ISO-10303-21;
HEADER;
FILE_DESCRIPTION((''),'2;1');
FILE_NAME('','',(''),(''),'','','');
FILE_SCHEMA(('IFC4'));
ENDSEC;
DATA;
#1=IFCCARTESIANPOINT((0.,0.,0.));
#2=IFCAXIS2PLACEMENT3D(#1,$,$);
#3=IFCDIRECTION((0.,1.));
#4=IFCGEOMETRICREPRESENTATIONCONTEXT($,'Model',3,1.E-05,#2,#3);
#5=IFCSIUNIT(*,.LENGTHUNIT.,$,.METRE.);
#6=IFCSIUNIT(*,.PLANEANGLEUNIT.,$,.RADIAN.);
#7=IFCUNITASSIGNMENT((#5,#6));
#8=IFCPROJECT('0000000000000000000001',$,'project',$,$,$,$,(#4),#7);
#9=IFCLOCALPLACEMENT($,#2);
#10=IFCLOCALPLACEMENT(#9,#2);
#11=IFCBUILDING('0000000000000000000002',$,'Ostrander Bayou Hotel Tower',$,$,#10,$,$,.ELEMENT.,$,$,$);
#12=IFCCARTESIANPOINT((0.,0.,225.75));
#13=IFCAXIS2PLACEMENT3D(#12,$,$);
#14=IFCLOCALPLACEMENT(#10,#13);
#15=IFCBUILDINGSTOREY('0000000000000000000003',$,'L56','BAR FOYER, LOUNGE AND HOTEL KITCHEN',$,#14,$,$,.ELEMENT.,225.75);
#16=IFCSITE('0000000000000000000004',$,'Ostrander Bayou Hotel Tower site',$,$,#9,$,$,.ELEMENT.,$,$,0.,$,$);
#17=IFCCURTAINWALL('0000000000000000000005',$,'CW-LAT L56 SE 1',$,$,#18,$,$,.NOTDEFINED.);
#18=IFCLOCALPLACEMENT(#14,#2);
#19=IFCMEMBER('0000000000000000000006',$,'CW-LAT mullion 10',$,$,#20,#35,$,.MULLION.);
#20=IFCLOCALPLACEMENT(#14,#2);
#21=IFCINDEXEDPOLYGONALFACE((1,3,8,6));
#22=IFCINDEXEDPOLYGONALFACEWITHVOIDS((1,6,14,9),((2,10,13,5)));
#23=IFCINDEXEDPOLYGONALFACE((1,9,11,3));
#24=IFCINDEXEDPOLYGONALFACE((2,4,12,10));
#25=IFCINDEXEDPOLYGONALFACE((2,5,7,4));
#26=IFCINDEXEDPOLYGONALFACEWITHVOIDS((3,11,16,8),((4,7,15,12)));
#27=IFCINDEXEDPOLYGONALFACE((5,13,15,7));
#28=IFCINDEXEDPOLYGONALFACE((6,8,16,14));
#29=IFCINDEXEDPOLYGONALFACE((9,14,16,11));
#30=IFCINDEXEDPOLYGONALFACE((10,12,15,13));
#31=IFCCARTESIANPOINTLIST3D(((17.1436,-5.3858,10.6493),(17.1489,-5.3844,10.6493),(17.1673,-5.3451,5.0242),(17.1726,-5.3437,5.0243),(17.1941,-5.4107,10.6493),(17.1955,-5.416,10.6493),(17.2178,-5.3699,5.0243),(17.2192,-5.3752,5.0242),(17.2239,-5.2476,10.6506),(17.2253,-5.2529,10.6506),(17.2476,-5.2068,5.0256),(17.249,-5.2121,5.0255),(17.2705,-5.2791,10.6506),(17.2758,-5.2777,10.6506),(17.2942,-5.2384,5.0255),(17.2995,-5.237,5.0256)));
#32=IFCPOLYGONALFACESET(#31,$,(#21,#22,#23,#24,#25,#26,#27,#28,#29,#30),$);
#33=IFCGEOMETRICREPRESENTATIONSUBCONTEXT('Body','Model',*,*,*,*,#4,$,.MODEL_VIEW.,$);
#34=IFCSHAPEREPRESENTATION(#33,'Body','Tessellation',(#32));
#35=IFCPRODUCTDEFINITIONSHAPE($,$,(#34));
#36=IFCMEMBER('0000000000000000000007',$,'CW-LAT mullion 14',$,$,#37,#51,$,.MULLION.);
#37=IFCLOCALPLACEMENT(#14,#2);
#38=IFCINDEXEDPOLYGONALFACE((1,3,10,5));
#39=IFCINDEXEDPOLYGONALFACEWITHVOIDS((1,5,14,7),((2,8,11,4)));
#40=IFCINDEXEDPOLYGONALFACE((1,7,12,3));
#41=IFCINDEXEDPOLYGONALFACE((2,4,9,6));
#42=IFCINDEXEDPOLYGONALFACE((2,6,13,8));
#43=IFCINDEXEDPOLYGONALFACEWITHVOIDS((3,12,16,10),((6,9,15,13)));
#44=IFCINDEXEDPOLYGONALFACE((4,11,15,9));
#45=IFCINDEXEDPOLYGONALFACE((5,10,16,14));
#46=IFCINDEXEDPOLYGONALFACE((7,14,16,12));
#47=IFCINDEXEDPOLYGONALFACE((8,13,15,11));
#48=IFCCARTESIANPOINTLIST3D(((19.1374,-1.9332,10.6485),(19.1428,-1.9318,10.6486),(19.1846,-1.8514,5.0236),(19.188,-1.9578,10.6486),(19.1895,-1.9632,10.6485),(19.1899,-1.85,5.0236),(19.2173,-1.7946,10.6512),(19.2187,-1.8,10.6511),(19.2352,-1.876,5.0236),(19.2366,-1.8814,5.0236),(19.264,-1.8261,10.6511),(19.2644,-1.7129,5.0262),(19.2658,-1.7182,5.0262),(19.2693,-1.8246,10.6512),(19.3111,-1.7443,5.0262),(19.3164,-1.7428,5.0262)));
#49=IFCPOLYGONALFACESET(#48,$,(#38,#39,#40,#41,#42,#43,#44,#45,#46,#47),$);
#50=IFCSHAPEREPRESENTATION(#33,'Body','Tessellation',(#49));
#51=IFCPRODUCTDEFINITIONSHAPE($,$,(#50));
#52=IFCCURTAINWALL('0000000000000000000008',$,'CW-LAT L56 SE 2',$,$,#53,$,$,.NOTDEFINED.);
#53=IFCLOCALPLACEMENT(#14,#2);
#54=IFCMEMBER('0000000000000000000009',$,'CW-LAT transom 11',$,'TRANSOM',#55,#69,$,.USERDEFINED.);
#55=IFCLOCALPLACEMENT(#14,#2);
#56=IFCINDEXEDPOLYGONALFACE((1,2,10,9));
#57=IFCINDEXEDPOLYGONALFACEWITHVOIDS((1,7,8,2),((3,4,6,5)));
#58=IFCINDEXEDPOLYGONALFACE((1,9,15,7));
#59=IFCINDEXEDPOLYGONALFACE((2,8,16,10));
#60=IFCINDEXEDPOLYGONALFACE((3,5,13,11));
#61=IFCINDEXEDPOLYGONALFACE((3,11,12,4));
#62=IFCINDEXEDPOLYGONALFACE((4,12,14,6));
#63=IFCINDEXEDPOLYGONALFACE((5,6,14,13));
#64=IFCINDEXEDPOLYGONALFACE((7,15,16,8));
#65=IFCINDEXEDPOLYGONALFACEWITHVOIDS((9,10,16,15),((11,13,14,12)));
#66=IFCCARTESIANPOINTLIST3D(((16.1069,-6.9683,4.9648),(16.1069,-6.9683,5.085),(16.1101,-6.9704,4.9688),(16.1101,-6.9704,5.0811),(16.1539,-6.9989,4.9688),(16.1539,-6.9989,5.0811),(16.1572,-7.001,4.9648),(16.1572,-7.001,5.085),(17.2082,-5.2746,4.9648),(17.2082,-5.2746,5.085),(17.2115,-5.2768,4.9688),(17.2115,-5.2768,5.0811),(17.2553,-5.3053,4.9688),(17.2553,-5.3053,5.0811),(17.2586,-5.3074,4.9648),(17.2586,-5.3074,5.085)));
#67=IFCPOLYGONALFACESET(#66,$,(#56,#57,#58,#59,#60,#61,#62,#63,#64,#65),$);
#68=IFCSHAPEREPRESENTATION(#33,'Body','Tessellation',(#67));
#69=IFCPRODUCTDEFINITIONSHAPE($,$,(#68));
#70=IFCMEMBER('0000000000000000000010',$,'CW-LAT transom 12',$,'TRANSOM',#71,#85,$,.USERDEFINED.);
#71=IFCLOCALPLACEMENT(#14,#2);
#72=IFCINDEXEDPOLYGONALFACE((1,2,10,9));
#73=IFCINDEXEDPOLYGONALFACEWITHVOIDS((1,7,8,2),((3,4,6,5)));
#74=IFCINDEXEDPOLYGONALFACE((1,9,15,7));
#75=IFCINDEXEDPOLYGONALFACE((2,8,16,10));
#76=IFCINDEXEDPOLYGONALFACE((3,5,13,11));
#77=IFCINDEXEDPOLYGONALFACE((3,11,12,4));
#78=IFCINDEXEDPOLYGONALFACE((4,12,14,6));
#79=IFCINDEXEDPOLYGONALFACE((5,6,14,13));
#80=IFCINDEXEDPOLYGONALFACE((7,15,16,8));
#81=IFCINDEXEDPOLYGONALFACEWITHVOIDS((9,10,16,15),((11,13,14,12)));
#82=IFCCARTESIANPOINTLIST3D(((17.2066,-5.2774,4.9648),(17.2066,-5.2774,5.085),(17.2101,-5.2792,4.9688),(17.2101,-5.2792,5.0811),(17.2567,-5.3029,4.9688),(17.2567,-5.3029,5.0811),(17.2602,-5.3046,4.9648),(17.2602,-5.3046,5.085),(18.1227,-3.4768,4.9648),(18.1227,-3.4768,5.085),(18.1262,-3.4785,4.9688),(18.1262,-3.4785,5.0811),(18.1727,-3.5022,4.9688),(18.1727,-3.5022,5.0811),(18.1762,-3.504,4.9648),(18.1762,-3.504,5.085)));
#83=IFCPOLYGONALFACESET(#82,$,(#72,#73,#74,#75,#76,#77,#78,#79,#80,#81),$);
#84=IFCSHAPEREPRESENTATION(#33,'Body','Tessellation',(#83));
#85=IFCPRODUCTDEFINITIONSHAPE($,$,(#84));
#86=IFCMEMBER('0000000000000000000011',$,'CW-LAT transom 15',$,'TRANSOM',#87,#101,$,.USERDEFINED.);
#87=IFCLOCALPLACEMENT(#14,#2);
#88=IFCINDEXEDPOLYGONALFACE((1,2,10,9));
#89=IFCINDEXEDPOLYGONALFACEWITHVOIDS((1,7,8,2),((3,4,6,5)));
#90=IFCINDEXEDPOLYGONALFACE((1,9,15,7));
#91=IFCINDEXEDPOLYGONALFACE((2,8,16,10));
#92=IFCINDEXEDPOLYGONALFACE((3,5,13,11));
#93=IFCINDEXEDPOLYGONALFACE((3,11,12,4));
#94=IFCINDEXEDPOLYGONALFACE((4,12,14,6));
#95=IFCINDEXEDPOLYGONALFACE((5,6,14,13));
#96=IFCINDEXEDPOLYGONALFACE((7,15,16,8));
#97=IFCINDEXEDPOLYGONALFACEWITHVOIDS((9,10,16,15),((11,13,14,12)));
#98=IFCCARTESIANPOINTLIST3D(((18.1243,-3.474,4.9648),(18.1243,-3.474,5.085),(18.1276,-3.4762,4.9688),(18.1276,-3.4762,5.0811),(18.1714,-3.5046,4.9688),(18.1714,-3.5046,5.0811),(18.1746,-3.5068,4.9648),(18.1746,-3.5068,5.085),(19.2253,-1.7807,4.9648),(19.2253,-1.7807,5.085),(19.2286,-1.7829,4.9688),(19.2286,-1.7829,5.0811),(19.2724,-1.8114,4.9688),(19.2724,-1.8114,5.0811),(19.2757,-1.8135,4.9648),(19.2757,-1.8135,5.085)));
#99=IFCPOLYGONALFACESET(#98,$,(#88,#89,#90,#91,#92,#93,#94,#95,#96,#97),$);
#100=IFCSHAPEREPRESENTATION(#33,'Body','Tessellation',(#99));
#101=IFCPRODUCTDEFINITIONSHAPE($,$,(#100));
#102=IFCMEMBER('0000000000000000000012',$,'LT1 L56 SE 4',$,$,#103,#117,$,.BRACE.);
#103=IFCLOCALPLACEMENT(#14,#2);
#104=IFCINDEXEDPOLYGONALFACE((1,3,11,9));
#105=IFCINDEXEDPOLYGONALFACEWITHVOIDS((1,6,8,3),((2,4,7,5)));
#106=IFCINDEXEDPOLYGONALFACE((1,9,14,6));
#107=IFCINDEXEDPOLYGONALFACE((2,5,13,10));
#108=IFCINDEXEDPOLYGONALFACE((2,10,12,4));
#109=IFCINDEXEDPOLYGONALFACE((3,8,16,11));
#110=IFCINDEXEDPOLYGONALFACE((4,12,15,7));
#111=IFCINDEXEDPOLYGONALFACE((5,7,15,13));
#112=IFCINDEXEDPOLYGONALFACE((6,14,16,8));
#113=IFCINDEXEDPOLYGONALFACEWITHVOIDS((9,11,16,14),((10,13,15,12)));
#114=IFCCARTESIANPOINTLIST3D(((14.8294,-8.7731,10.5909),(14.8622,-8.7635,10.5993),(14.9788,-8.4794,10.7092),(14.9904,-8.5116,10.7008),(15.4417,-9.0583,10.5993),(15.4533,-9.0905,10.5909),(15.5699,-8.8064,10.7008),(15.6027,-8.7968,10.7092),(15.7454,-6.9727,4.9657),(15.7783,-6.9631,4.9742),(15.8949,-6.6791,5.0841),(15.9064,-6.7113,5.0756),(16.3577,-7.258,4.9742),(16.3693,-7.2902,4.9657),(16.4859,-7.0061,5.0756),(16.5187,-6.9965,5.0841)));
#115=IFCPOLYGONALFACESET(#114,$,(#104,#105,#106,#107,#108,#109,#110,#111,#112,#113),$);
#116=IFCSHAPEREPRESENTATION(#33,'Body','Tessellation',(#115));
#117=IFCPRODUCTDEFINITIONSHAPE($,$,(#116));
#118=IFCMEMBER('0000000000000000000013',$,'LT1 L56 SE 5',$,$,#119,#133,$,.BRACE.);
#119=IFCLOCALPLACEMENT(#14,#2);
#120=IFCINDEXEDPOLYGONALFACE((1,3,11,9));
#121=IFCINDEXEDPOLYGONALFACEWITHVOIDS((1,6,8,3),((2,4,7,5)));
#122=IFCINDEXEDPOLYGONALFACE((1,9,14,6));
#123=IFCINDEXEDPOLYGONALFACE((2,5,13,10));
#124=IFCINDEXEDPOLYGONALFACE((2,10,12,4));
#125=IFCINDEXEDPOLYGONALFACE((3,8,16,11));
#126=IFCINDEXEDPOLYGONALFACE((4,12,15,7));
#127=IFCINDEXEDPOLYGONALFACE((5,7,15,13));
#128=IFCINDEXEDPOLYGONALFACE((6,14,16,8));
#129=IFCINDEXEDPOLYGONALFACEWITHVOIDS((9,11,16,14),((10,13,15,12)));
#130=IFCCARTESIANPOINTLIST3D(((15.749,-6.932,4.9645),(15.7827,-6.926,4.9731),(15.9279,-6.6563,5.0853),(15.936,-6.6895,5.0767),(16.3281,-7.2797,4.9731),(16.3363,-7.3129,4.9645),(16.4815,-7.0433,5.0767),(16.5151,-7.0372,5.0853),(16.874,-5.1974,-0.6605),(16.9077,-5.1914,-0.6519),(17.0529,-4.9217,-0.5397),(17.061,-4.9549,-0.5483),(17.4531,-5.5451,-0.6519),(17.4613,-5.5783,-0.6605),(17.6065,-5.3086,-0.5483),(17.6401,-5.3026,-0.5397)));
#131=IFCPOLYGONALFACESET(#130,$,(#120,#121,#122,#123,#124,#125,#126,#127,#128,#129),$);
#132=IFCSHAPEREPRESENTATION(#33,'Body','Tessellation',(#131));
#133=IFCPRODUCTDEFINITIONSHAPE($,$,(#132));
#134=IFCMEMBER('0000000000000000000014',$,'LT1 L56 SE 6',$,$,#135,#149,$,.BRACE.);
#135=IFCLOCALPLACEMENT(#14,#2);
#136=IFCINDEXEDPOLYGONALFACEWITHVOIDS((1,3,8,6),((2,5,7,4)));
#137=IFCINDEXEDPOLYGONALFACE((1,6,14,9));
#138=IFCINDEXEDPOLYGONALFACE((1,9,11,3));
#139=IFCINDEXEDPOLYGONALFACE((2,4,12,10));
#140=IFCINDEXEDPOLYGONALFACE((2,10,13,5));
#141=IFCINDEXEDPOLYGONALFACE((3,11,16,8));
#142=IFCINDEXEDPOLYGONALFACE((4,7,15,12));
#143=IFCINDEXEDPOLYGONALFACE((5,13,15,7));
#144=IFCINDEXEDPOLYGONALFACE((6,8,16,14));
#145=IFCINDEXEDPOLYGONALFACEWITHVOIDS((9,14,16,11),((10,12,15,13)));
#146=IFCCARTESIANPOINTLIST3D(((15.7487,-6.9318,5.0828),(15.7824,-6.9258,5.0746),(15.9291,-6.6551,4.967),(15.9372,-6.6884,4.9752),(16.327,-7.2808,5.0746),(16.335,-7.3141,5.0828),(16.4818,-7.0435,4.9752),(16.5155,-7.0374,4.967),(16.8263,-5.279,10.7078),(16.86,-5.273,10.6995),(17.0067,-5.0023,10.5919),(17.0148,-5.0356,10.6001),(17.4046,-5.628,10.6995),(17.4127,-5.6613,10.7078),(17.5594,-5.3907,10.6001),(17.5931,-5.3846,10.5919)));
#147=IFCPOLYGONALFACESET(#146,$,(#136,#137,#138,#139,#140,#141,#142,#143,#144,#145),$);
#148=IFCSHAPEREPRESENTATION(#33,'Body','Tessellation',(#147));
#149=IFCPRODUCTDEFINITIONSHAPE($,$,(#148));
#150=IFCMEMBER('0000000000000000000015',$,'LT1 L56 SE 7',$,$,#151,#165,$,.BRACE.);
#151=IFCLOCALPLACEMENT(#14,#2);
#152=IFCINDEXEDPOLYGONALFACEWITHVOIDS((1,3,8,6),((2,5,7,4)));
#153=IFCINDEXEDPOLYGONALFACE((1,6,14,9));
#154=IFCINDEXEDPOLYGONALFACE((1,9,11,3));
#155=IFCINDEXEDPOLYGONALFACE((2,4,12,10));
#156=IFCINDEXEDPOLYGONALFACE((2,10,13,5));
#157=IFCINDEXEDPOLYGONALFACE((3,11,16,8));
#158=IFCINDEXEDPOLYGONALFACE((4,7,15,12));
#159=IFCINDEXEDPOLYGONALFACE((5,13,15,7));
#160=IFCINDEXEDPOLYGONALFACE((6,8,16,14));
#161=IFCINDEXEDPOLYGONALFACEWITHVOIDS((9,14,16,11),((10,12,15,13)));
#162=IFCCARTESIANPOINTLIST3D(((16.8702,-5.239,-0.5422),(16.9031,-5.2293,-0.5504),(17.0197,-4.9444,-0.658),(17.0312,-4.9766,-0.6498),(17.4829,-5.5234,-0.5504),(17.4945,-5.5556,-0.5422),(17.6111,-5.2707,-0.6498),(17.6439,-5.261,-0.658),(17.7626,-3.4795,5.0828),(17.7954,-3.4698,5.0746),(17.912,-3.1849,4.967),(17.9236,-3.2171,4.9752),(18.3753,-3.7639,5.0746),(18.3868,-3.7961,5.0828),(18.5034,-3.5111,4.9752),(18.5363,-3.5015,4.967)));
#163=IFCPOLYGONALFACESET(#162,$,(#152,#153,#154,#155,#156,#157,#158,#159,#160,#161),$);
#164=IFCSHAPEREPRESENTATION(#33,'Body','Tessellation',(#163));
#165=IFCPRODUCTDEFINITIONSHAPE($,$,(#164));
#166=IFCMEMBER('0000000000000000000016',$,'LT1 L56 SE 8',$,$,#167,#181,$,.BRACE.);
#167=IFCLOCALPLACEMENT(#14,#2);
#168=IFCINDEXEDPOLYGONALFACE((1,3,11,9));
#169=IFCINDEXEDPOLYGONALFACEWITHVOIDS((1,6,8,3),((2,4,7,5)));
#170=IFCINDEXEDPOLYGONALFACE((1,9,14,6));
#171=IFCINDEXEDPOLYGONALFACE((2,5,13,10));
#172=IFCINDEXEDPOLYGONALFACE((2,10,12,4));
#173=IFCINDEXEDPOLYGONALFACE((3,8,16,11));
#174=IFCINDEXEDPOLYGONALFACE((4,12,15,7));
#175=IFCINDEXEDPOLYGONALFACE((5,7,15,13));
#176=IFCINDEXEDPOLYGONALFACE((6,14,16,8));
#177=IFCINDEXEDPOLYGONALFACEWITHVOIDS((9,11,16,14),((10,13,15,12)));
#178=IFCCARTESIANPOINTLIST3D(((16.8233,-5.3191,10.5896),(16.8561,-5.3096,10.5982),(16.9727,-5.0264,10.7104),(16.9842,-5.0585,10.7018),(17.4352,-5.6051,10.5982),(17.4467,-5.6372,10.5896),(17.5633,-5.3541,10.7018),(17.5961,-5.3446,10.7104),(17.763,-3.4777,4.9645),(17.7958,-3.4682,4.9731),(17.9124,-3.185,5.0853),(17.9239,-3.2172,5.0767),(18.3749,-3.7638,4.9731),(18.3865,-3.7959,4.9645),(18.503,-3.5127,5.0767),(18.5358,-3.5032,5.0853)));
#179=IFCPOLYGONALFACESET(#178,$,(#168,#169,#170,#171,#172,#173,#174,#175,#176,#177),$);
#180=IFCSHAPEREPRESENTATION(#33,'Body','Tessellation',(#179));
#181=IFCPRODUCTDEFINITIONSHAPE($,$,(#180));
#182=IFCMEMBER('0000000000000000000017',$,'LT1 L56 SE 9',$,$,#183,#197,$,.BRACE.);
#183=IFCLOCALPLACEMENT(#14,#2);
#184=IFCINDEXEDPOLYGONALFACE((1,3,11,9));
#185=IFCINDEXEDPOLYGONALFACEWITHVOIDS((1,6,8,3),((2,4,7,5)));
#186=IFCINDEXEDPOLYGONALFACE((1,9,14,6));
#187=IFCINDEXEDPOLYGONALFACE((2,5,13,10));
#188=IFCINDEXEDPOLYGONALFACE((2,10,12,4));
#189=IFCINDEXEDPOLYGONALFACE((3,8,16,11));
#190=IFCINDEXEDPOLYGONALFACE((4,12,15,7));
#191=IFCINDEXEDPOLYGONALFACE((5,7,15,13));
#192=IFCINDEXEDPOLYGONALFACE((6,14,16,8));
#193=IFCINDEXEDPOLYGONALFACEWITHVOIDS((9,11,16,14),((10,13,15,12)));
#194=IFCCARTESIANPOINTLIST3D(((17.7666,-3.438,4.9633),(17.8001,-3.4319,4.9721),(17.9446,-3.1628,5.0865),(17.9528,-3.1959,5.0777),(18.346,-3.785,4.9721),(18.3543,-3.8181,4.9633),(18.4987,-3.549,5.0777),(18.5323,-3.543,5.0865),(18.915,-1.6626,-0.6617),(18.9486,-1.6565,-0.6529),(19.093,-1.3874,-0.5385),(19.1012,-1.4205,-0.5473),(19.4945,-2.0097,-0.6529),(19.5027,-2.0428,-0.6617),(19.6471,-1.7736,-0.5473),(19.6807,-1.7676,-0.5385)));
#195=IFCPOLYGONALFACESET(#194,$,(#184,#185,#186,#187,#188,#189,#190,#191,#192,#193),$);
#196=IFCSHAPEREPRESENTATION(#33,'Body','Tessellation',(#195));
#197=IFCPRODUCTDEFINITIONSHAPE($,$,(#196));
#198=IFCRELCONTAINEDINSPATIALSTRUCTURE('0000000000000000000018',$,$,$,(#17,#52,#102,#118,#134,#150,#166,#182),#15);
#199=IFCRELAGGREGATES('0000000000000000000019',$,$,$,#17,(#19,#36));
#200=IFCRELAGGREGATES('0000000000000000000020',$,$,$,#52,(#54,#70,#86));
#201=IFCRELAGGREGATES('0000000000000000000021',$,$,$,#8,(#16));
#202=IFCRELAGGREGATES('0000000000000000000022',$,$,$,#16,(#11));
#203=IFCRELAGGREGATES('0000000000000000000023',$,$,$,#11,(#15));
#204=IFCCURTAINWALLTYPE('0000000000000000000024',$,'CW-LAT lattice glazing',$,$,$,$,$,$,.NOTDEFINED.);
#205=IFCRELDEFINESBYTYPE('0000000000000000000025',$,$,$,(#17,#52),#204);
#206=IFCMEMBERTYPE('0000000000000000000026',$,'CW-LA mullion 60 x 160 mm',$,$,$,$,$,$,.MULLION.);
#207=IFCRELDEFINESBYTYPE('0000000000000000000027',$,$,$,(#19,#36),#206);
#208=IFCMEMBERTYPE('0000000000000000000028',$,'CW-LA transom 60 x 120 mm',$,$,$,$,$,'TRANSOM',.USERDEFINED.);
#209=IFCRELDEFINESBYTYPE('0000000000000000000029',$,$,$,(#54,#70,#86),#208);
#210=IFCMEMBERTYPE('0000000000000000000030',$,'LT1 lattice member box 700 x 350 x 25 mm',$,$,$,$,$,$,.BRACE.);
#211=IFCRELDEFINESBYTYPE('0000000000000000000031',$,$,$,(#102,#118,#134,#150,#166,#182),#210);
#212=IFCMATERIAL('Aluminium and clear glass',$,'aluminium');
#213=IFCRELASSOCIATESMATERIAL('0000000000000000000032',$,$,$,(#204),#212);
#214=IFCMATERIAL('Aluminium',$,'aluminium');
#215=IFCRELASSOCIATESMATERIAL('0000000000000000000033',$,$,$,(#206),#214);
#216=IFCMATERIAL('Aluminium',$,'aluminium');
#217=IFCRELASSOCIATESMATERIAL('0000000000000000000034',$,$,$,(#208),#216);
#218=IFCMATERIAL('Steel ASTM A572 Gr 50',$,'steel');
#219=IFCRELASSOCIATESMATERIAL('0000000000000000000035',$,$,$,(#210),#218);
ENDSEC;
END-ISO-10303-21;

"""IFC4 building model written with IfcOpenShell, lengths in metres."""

from ifc_helpers import new_model, si_unit, direction, frame, origin, origin_2d, place, context, subcontext, project, spatial, hollow_rectangle, extrude, material, material_profile, profile_set, type_object, element, aggregate, save


model = new_model("IFC4")

# Units and contexts
model_context = context("Model", 3, precision=1e-05, world=origin(), true_north=direction((0.0, 1.0)))
body_context = subcontext(model_context, "Body", "Model", "MODEL_VIEW")
ifc_project = project(units=[si_unit("LENGTHUNIT", "METRE"), si_unit("PLANEANGLEUNIT", "RADIAN")], contexts=[model_context])

# Site, building, storey
site_placement = place(None, origin())
site = spatial("IfcSite", under=ifc_project, at=site_placement, Name="Ostrander Bayou Hotel Tower site", CompositionType="ELEMENT", RefElevation=0.0)
building_placement = place(site_placement, origin())
building = spatial("IfcBuilding", under=site, at=building_placement, Name="Ostrander Bayou Hotel Tower", CompositionType="ELEMENT")
storey_placement = place(building_placement, frame((0.0, 0.0, 225.75)))
storey = spatial("IfcBuildingStorey", under=building, at=storey_placement, Name="L56", Description="BAR FOYER, LOUNGE AND HOTEL KITCHEN", CompositionType="ELEMENT", Elevation=225.75)

# Curtain walls, members
ifc_material_1 = material(Name="Aluminium and clear glass", Category="aluminium")
curtain_wall_type = type_object("IfcCurtainWallType", Name="CW-LAT lattice glazing", PredefinedType="NOTDEFINED", material=ifc_material_1)
curtain_wall_1_placement = place(storey_placement, origin())
curtain_wall_1 = element("IfcCurtainWall", 1, at=curtain_wall_1_placement, inside=storey, type_object=curtain_wall_type, Name="CW-LAT L56 SE 1", PredefinedType="NOTDEFINED")
ifc_material_2 = material(Name="Aluminium", Category="aluminium")
ifc_material_profile_1 = material_profile(ifc_material_2, hollow_rectangle(XDim=0.0601, YDim=0.1599, WallThickness=0.0039, at=origin_2d()))
ifc_profile_set_1 = profile_set([ifc_material_profile_1], Name="Aluminium")
member_type_1 = type_object("IfcMemberType", Name="CW-LA mullion 60 x 160 mm", PredefinedType="MULLION", material=ifc_profile_set_1)
member_1_placement = place(storey_placement, frame((17.2334, -5.291, 5.0249), z_axis=(-0.00421, -0.007248, 0.999965), x_axis=(0.864716, -0.50226, 0.0)))
member_1 = element("IfcMember", 2, at=member_1_placement, type_object=member_type_1, Name="CW-LAT mullion 10", PredefinedType="MULLION", context=body_context, shape_type="SweptSolid", body=[
    extrude(hollow_rectangle(XDim=0.0601, YDim=0.1599, WallThickness=0.0039, at=origin_2d()), origin(), (0.0, 0.0, 1.0), 5.6252),
])
member_2_placement = place(storey_placement, frame((19.2505, -1.7971, 5.0249), z_axis=(-0.008376, -0.014538, 0.999859), x_axis=(0.866487, -0.4992, 0.0)))
member_2 = element("IfcMember", 3, at=member_2_placement, type_object=member_type_1, Name="CW-LAT mullion 14", PredefinedType="MULLION", context=body_context, shape_type="SweptSolid", body=[
    extrude(hollow_rectangle(XDim=0.0601, YDim=0.1599, WallThickness=0.0039, at=origin_2d()), origin(), (0.0, 0.0, 1.0), 5.6257),
])
curtain_wall_2_placement = place(storey_placement, origin())
curtain_wall_2 = element("IfcCurtainWall", 4, at=curtain_wall_2_placement, inside=storey, type_object=curtain_wall_type, Name="CW-LAT L56 SE 2", PredefinedType="NOTDEFINED")
ifc_material_3 = material(Name="Aluminium", Category="aluminium")
ifc_material_profile_2 = material_profile(ifc_material_3, hollow_rectangle(XDim=0.0601, YDim=0.1201, WallThickness=0.0039, at=origin_2d()))
ifc_profile_set_2 = profile_set([ifc_material_profile_2], Name="Aluminium")
member_type_2 = type_object("IfcMemberType", Name="CW-LA transom 60 x 120 mm", ElementType="TRANSOM", PredefinedType="USERDEFINED", material=ifc_profile_set_2)
member_3_placement = place(storey_placement, frame((17.2334, -5.291, 5.0249), z_axis=(-0.545154, -0.838336, 0.0), x_axis=(0.838336, -0.545154, 0.0)))
member_3 = element("IfcMember", 5, at=member_3_placement, type_object=member_type_2, Name="CW-LAT transom 11", ObjectType="TRANSOM", PredefinedType="USERDEFINED", context=body_context, shape_type="SweptSolid", body=[
    extrude(hollow_rectangle(XDim=0.0601, YDim=0.1201, WallThickness=0.0039, at=origin_2d()), origin(), (0.0, 0.0, 1.0), 2.0203),
])
member_4_placement = place(storey_placement, frame((17.2334, -5.291, 5.0249), z_axis=(0.453439, 0.891287, 0.0), x_axis=(-0.891287, 0.453439, 0.0)))
member_4 = element("IfcMember", 6, at=member_4_placement, type_object=member_type_2, Name="CW-LAT transom 12", ObjectType="TRANSOM", PredefinedType="USERDEFINED", context=body_context, shape_type="SweptSolid", body=[
    extrude(hollow_rectangle(XDim=0.0601, YDim=0.1201, WallThickness=0.0039, at=origin_2d()), origin(), (0.0, 0.0, 1.0), 2.0203),
])
member_5_placement = place(storey_placement, frame((19.2505, -1.7971, 5.0249), z_axis=(-0.545124, -0.838355, 0.0), x_axis=(0.838355, -0.545124, 0.0)))
member_5 = element("IfcMember", 7, at=member_5_placement, type_object=member_type_2, Name="CW-LAT transom 15", ObjectType="TRANSOM", PredefinedType="USERDEFINED", context=body_context, shape_type="SweptSolid", body=[
    extrude(hollow_rectangle(XDim=0.0601, YDim=0.1201, WallThickness=0.0039, at=origin_2d()), origin(), (0.0, 0.0, 1.0), 2.0198),
])

# Members
ifc_material_4 = material(Name="Steel ASTM A572 Gr 50", Category="steel")
ifc_material_profile_3 = material_profile(ifc_material_4, hollow_rectangle(XDim=0.7, YDim=0.3501, WallThickness=0.0249, at=origin_2d()))
ifc_profile_set_3 = profile_set([ifc_material_profile_3], Name="Steel ASTM A572 Gr 50")
member_type_3 = type_object("IfcMemberType", Name="LT1 lattice member box 700 x 350 x 25 mm", PredefinedType="BRACE", material=ifc_profile_set_3)
member_6_placement = place(storey_placement, frame((16.1321, -6.9846, 5.0249), z_axis=(-0.153265, -0.301219, 0.941157), x_axis=(0.891263, -0.453488, 0.0)))
element("IfcMember", 8, at=member_6_placement, inside=storey, type_object=member_type_3, Name="LT1 L56 SE 4", PredefinedType="BRACE", context=body_context, shape_type="SweptSolid", body=[
    extrude(hollow_rectangle(XDim=0.7, YDim=0.3501, WallThickness=0.0249, at=origin_2d()), origin(), (0.0, 0.0, 1.0), 5.9768),
])
member_7_placement = place(storey_placement, frame((16.1321, -6.9846, 5.0249), z_axis=(0.187721, 0.289444, -0.938607), x_axis=(-0.838996, 0.544137, 0.0)))
element("IfcMember", 9, at=member_7_placement, inside=storey, type_object=member_type_3, Name="LT1 L56 SE 5", PredefinedType="BRACE", context=body_context, shape_type="SweptSolid", body=[
    extrude(hollow_rectangle(XDim=0.7, YDim=0.3501, WallThickness=0.0249, at=origin_2d()), origin(), (0.0, 0.0, 1.0), 5.9929),
])
for number, where, z_axis, x_axis, name in (
    (10, (16.1321, -6.9846, 5.0249), (0.180781, 0.277273, 0.94363), (-0.83768, 0.546162, 0.0), "LT1 L56 SE 6"),
    (11, (18.1494, -3.4905, 5.0249), (-0.149697, -0.295175, -0.943643), (0.891863, -0.452305, 0.0), "LT1 L56 SE 7"),
):
    element("IfcMember", number, at=place(storey_placement, frame(where, z_axis=z_axis, x_axis=x_axis)), inside=storey, type_object=member_type_3, Name=name, PredefinedType="BRACE", context=body_context, shape_type="SweptSolid", body=[
        extrude(hollow_rectangle(XDim=0.7, YDim=0.3501, WallThickness=0.0249, at=origin_2d()), origin(), (0.0, 0.0, 1.0), 5.9609),
    ])
member_8_placement = place(storey_placement, frame((18.1494, -3.4905, 5.0249), z_axis=(-0.156803, -0.307252, 0.938621), x_axis=(0.890712, -0.454568, 0.0)))
element("IfcMember", 12, at=member_8_placement, inside=storey, type_object=member_type_3, Name="LT1 L56 SE 8", PredefinedType="BRACE", context=body_context, shape_type="SweptSolid", body=[
    extrude(hollow_rectangle(XDim=0.7, YDim=0.3501, WallThickness=0.0249, at=origin_2d()), origin(), (0.0, 0.0, 1.0), 5.9929),
])
member_9_placement = place(storey_placement, frame((18.1494, -3.4905, 5.0249), z_axis=(0.19111, 0.295441, -0.936051), x_axis=(-0.839644, 0.543136, 0.0)))
element("IfcMember", 13, at=member_9_placement, inside=storey, type_object=member_type_3, Name="LT1 L56 SE 9", PredefinedType="BRACE", context=body_context, shape_type="SweptSolid", body=[
    extrude(hollow_rectangle(XDim=0.7, YDim=0.3501, WallThickness=0.0249, at=origin_2d()), origin(), (0.0, 0.0, 1.0), 6.0093),
])

aggregate(curtain_wall_1, [member_1, member_2])
aggregate(curtain_wall_2, [member_3, member_4, member_5])

save(model, "model.ifc")
